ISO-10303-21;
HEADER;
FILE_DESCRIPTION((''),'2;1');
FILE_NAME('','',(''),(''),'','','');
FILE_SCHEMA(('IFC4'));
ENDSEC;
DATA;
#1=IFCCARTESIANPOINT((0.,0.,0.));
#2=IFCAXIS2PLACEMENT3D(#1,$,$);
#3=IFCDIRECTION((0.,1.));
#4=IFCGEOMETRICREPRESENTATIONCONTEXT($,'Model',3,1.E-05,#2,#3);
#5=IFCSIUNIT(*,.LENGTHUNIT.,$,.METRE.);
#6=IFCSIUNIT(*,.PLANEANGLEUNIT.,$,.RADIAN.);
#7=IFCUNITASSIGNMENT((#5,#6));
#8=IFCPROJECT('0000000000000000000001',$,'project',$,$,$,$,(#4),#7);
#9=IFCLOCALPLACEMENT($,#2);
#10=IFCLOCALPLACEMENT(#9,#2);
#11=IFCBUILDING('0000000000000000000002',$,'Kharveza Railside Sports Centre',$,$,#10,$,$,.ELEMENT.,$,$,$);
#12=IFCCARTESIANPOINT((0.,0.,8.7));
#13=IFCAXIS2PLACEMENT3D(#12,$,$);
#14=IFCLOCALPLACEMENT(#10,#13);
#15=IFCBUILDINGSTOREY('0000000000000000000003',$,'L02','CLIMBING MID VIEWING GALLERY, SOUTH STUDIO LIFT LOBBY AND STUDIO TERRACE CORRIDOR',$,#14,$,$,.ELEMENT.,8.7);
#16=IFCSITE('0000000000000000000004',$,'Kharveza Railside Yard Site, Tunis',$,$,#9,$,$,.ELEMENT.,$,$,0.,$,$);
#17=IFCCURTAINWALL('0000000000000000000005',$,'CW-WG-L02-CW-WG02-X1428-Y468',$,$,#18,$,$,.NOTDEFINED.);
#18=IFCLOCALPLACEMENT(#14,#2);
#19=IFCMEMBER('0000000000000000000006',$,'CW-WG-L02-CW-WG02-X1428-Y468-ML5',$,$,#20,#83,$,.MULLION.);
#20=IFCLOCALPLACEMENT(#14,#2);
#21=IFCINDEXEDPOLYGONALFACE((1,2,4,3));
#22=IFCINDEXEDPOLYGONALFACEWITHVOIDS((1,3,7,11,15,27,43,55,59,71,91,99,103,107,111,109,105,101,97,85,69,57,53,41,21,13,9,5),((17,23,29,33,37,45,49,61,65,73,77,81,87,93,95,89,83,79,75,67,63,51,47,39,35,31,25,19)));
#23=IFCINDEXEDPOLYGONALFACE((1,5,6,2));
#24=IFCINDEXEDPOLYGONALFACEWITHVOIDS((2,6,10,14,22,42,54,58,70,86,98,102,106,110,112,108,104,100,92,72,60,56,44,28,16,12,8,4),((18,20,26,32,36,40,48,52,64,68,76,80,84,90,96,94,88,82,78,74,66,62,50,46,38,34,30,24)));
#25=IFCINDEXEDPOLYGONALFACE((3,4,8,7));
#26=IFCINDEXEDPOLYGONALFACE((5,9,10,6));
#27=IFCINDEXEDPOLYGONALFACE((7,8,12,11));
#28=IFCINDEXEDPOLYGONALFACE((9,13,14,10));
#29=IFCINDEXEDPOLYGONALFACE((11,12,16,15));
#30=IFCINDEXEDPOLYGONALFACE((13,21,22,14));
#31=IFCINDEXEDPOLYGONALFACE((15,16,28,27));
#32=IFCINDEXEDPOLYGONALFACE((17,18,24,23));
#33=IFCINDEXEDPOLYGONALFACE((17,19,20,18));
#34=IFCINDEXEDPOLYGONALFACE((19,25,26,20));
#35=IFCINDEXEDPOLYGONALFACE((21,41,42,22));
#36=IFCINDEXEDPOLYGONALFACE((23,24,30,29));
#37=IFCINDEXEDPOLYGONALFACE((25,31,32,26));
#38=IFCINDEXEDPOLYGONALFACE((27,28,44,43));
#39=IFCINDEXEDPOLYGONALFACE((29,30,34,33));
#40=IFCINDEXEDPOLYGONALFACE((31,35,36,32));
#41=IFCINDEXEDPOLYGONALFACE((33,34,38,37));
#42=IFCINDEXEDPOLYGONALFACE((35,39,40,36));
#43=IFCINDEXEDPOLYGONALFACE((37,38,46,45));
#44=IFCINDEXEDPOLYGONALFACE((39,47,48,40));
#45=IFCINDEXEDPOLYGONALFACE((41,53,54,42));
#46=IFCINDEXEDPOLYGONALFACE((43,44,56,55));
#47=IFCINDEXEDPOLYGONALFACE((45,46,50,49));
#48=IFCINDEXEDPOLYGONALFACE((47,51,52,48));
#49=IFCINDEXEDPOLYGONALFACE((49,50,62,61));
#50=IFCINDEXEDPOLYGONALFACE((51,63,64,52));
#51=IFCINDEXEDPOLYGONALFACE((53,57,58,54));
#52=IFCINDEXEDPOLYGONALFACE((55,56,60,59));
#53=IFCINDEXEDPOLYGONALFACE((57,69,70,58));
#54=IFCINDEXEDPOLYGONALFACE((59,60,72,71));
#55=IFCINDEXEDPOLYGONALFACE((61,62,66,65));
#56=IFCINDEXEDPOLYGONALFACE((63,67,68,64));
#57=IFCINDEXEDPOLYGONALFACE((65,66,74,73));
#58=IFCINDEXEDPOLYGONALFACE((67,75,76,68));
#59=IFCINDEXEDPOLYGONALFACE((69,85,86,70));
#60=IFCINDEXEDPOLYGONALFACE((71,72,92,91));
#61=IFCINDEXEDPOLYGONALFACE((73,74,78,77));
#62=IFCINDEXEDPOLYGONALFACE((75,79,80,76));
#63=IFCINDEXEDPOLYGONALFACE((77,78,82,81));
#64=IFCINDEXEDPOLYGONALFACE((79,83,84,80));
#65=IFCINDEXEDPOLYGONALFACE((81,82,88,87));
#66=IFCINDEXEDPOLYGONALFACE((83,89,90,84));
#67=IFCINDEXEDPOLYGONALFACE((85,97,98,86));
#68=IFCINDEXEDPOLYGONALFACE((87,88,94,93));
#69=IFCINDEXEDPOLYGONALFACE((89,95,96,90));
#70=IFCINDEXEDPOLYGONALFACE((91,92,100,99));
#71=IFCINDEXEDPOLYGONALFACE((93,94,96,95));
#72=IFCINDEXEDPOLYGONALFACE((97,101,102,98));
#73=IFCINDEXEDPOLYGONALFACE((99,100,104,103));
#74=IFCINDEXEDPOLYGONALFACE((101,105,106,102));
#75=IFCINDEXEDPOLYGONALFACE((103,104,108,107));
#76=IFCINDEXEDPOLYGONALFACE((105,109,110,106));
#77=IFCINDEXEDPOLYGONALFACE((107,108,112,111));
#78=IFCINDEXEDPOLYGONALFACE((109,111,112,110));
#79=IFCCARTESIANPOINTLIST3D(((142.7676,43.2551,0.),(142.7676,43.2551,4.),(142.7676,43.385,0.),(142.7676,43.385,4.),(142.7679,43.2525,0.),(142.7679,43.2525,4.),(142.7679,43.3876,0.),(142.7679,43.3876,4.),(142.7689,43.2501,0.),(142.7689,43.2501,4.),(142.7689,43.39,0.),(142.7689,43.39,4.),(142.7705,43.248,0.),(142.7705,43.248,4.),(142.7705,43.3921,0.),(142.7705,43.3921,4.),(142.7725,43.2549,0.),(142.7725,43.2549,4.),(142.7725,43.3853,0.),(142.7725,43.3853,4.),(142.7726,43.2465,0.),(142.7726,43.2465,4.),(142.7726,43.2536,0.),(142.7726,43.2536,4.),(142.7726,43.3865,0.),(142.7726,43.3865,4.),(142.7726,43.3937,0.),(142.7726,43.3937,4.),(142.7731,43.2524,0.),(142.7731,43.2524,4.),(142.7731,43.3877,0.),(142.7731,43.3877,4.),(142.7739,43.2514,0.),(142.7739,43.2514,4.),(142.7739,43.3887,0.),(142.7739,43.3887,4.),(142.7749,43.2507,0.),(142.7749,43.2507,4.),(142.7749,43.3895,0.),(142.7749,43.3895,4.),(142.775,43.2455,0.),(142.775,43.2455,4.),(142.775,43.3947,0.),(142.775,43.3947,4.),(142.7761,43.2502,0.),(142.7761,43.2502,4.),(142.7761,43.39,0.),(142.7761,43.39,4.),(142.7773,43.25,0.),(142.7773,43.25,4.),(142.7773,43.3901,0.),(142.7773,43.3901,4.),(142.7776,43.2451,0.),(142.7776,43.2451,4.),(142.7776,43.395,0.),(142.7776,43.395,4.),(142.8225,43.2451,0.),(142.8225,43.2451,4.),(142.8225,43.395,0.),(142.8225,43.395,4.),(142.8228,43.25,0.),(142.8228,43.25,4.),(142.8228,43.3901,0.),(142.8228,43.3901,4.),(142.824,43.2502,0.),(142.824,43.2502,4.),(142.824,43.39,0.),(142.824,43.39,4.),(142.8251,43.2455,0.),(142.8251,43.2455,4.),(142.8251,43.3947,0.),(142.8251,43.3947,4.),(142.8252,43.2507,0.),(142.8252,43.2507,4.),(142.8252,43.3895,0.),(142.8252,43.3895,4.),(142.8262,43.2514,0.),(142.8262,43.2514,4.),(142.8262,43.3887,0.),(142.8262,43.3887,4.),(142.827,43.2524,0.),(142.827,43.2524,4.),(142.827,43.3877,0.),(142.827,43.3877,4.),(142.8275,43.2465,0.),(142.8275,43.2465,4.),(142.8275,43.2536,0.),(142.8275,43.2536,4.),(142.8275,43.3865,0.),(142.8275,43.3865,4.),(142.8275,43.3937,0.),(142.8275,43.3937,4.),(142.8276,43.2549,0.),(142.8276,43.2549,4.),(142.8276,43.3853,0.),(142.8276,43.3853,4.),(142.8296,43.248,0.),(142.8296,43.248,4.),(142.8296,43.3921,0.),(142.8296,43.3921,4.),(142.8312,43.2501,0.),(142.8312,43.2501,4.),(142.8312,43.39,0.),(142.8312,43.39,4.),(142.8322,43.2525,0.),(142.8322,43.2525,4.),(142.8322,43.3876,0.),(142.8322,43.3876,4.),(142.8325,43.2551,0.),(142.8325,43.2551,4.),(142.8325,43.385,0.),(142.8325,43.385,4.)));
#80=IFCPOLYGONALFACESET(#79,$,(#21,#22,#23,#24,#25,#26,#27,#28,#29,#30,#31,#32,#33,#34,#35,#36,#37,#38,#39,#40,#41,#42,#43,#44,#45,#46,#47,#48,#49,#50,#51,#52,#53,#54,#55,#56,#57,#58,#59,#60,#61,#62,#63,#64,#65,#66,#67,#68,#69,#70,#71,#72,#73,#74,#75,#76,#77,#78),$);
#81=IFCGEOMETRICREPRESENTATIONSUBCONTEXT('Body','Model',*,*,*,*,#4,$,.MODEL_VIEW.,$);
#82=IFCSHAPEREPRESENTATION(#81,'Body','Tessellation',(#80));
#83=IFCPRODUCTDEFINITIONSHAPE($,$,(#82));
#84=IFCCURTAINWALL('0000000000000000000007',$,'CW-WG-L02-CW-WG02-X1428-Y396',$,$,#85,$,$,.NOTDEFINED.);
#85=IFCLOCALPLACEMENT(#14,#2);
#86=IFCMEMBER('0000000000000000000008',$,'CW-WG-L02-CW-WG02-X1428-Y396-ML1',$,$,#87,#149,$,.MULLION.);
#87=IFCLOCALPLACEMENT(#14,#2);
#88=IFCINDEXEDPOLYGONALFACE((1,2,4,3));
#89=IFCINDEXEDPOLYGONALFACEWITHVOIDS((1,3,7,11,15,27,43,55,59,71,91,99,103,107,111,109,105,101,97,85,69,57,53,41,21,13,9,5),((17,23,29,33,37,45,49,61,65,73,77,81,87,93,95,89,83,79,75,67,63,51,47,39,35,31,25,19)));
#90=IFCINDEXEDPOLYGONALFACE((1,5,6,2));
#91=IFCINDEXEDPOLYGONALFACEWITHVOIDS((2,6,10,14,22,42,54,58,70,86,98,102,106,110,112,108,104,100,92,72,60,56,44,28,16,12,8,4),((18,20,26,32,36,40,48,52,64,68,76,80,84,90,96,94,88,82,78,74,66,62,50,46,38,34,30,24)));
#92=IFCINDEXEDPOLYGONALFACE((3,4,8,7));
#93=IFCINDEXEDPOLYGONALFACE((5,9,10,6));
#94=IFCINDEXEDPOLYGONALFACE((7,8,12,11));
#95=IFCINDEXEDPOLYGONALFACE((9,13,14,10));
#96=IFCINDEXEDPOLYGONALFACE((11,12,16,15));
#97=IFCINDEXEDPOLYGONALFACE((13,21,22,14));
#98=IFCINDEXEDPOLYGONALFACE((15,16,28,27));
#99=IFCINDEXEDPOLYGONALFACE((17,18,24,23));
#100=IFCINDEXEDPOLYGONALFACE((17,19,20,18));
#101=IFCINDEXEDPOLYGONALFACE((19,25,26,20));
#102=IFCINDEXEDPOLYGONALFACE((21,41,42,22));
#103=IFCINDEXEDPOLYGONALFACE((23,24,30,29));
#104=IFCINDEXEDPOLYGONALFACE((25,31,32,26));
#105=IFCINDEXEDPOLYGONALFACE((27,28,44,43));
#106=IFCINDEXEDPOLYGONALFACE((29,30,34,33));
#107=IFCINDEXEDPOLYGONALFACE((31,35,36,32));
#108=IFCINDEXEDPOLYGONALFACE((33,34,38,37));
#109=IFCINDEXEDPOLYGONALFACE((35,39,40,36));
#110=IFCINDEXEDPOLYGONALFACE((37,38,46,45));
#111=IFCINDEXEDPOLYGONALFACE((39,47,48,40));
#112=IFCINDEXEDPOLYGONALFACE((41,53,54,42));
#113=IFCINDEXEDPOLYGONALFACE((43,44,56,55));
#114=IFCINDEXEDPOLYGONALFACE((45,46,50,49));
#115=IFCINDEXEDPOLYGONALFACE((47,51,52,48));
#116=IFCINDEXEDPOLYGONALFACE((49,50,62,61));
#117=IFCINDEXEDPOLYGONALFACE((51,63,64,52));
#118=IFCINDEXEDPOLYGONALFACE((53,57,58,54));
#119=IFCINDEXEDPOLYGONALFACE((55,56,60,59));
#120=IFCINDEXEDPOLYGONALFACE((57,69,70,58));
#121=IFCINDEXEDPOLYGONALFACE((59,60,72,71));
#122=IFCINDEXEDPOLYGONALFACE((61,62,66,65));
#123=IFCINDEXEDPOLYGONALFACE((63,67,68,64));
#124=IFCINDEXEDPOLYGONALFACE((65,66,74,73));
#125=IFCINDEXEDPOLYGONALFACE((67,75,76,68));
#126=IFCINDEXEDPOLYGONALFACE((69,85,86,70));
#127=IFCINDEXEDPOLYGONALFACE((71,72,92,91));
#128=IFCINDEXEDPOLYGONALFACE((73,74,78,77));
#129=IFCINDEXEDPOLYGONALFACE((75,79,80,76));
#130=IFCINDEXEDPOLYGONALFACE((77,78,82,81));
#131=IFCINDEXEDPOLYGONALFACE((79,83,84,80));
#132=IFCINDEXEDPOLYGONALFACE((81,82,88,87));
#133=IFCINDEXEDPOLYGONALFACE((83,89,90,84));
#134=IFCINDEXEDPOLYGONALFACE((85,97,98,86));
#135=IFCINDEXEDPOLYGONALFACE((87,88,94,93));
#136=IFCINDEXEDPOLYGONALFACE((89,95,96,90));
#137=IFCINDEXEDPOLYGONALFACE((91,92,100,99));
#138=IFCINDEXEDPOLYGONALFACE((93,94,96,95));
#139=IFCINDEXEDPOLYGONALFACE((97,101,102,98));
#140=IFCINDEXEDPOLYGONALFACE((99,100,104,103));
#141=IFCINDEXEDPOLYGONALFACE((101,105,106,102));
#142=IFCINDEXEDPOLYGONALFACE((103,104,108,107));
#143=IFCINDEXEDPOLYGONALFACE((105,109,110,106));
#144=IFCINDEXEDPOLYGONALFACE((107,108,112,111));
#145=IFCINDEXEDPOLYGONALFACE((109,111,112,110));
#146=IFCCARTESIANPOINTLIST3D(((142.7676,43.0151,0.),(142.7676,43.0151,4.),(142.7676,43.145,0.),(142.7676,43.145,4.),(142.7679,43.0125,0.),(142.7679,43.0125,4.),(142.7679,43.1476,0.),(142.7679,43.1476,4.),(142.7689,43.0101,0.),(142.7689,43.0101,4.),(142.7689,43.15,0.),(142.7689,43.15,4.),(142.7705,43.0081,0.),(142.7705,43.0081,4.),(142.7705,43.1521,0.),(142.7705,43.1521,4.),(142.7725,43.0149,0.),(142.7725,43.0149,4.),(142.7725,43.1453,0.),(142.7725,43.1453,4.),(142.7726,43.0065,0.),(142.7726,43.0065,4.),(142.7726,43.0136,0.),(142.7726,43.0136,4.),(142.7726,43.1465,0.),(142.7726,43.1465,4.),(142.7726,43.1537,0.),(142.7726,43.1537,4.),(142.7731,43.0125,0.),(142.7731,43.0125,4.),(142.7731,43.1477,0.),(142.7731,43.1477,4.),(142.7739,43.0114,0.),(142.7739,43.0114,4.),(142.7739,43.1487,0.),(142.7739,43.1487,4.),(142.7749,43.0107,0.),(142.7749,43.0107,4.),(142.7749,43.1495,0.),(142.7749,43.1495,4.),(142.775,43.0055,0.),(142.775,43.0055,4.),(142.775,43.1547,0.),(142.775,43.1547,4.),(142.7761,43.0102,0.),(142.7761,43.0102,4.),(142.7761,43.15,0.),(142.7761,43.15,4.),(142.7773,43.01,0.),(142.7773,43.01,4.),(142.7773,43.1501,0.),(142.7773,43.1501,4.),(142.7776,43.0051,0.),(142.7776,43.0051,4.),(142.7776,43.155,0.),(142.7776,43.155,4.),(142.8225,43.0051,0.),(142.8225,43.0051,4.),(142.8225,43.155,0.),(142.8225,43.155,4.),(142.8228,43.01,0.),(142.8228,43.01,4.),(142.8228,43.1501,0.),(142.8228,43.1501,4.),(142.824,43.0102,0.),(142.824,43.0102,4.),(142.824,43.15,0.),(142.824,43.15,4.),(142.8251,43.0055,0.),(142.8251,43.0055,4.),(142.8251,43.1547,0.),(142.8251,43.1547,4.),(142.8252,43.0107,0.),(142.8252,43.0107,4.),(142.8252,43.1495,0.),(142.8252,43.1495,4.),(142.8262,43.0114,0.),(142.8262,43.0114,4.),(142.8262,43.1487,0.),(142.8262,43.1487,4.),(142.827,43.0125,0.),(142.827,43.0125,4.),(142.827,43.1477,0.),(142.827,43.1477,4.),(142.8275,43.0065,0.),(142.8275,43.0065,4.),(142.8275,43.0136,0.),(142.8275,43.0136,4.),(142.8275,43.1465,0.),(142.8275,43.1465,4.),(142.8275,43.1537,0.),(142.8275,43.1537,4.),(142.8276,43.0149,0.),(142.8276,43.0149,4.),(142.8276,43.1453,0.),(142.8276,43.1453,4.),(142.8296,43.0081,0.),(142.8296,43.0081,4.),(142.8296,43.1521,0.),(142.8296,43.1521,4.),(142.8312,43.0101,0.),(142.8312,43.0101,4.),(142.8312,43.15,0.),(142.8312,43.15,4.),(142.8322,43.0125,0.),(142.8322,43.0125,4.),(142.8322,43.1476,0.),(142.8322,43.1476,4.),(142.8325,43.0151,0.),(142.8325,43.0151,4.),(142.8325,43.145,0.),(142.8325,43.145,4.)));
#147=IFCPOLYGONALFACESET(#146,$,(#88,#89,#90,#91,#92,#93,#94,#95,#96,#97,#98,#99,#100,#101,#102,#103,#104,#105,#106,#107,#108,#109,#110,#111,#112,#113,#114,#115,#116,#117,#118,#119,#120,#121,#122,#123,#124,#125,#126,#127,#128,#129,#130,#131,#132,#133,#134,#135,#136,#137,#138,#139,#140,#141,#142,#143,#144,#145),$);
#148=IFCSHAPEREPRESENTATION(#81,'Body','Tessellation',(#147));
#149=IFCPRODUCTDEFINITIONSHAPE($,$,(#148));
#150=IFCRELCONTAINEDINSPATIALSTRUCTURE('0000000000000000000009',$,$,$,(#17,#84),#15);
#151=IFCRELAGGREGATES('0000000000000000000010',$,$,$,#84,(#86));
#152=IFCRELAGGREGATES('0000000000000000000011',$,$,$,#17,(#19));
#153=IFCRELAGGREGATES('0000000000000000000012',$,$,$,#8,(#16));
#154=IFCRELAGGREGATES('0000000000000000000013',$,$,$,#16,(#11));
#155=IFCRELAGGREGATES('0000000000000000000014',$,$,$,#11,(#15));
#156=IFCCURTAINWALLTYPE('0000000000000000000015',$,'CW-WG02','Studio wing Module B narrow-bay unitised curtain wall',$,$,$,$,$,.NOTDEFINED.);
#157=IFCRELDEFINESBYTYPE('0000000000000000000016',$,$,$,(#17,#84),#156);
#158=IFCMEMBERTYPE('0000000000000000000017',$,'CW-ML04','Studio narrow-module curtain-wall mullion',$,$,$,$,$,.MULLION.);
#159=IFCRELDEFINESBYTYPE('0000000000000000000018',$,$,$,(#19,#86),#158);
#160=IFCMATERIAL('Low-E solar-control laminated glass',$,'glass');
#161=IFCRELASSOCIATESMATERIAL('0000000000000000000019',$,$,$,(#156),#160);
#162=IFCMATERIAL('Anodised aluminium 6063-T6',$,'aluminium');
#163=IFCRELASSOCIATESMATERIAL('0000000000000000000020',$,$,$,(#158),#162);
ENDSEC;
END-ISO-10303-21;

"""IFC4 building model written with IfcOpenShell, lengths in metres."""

from ifc_helpers import new_model, si_unit, direction, frame, origin, origin_2d, place, context, subcontext, project, spatial, hollow_rectangle, extrude, material, material_profile, profile_set, type_object, element, aggregate, save


model = new_model("IFC4")

# Units and contexts
model_context = context("Model", 3, precision=1e-05, world=origin(), true_north=direction((0.0, 1.0)))
body_context = subcontext(model_context, "Body", "Model", "MODEL_VIEW")
ifc_project = project(units=[si_unit("LENGTHUNIT", "METRE"), si_unit("PLANEANGLEUNIT", "RADIAN")], contexts=[model_context])

# Site, building, storey
site_placement = place(None, origin())
site = spatial("IfcSite", under=ifc_project, at=site_placement, Name="Kharveza Railside Yard Site, Tunis", CompositionType="ELEMENT", RefElevation=0.0)
building_placement = place(site_placement, origin())
building = spatial("IfcBuilding", under=site, at=building_placement, Name="Kharveza Railside Sports Centre", CompositionType="ELEMENT")
storey_placement = place(building_placement, frame((0.0, 0.0, 8.7)))
storey = spatial("IfcBuildingStorey", under=building, at=storey_placement, Name="L02", Description="CLIMBING MID VIEWING GALLERY, SOUTH STUDIO LIFT LOBBY AND STUDIO TERRACE CORRIDOR", CompositionType="ELEMENT", Elevation=8.7)

# Curtain wall, member
ifc_material_1 = material(Name="Low-E solar-control laminated glass", Category="glass")
curtain_wall_type = type_object("IfcCurtainWallType", Name="CW-WG02", Description="Studio wing Module B narrow-bay unitised curtain wall", PredefinedType="NOTDEFINED", material=ifc_material_1)
curtain_wall_1_placement = place(storey_placement, origin())
curtain_wall_1 = element("IfcCurtainWall", 1, at=curtain_wall_1_placement, inside=storey, type_object=curtain_wall_type, Name="CW-WG-L02-CW-WG02-X1428-Y468", PredefinedType="NOTDEFINED")
ifc_material_2 = material(Name="Anodised aluminium 6063-T6", Category="aluminium")
ifc_material_profile_1 = material_profile(ifc_material_2, hollow_rectangle(XDim=0.0649, YDim=0.1499, WallThickness=0.0049, InnerFilletRadius=0.0049, OuterFilletRadius=0.01, at=origin_2d()), Name="RHS 65x150x5.0")
ifc_profile_set_1 = profile_set([ifc_material_profile_1], Name="Anodised aluminium 6063-T6")
member_type_1 = type_object("IfcMemberType", Name="CW-ML04", Description="Studio narrow-module curtain-wall mullion", PredefinedType="MULLION", material=ifc_profile_set_1)
member_1_placement = place(storey_placement, frame((142.8, 43.3201, 0.0), z_axis=(0.0, 0.0, 1.0), x_axis=(1.0, 0.0, 0.0)))
member_1 = element("IfcMember", 2, at=member_1_placement, type_object=member_type_1, Name="CW-WG-L02-CW-WG02-X1428-Y468-ML5", PredefinedType="MULLION", context=body_context, shape_type="SweptSolid", body=[
    extrude(hollow_rectangle(XDim=0.0649, YDim=0.1499, WallThickness=0.0049, InnerFilletRadius=0.0049, OuterFilletRadius=0.01, at=origin_2d()), origin(), (0.0, 0.0, 1.0), 4.0),
])

# Curtain wall, member
curtain_wall_2_placement = place(storey_placement, origin())
curtain_wall_2 = element("IfcCurtainWall", 3, at=curtain_wall_2_placement, inside=storey, type_object=curtain_wall_type, Name="CW-WG-L02-CW-WG02-X1428-Y396", PredefinedType="NOTDEFINED")
member_2_placement = place(storey_placement, frame((142.8, 43.0801, 0.0), z_axis=(0.0, 0.0, 1.0), x_axis=(1.0, 0.0, 0.0)))
member_2 = element("IfcMember", 4, at=member_2_placement, type_object=member_type_1, Name="CW-WG-L02-CW-WG02-X1428-Y396-ML1", PredefinedType="MULLION", context=body_context, shape_type="SweptSolid", body=[
    extrude(hollow_rectangle(XDim=0.0649, YDim=0.1499, WallThickness=0.0049, InnerFilletRadius=0.0049, OuterFilletRadius=0.01, at=origin_2d()), origin(), (0.0, 0.0, 1.0), 4.0),
])

aggregate(curtain_wall_2, [member_2])
aggregate(curtain_wall_1, [member_1])

save(model, "model.ifc")
